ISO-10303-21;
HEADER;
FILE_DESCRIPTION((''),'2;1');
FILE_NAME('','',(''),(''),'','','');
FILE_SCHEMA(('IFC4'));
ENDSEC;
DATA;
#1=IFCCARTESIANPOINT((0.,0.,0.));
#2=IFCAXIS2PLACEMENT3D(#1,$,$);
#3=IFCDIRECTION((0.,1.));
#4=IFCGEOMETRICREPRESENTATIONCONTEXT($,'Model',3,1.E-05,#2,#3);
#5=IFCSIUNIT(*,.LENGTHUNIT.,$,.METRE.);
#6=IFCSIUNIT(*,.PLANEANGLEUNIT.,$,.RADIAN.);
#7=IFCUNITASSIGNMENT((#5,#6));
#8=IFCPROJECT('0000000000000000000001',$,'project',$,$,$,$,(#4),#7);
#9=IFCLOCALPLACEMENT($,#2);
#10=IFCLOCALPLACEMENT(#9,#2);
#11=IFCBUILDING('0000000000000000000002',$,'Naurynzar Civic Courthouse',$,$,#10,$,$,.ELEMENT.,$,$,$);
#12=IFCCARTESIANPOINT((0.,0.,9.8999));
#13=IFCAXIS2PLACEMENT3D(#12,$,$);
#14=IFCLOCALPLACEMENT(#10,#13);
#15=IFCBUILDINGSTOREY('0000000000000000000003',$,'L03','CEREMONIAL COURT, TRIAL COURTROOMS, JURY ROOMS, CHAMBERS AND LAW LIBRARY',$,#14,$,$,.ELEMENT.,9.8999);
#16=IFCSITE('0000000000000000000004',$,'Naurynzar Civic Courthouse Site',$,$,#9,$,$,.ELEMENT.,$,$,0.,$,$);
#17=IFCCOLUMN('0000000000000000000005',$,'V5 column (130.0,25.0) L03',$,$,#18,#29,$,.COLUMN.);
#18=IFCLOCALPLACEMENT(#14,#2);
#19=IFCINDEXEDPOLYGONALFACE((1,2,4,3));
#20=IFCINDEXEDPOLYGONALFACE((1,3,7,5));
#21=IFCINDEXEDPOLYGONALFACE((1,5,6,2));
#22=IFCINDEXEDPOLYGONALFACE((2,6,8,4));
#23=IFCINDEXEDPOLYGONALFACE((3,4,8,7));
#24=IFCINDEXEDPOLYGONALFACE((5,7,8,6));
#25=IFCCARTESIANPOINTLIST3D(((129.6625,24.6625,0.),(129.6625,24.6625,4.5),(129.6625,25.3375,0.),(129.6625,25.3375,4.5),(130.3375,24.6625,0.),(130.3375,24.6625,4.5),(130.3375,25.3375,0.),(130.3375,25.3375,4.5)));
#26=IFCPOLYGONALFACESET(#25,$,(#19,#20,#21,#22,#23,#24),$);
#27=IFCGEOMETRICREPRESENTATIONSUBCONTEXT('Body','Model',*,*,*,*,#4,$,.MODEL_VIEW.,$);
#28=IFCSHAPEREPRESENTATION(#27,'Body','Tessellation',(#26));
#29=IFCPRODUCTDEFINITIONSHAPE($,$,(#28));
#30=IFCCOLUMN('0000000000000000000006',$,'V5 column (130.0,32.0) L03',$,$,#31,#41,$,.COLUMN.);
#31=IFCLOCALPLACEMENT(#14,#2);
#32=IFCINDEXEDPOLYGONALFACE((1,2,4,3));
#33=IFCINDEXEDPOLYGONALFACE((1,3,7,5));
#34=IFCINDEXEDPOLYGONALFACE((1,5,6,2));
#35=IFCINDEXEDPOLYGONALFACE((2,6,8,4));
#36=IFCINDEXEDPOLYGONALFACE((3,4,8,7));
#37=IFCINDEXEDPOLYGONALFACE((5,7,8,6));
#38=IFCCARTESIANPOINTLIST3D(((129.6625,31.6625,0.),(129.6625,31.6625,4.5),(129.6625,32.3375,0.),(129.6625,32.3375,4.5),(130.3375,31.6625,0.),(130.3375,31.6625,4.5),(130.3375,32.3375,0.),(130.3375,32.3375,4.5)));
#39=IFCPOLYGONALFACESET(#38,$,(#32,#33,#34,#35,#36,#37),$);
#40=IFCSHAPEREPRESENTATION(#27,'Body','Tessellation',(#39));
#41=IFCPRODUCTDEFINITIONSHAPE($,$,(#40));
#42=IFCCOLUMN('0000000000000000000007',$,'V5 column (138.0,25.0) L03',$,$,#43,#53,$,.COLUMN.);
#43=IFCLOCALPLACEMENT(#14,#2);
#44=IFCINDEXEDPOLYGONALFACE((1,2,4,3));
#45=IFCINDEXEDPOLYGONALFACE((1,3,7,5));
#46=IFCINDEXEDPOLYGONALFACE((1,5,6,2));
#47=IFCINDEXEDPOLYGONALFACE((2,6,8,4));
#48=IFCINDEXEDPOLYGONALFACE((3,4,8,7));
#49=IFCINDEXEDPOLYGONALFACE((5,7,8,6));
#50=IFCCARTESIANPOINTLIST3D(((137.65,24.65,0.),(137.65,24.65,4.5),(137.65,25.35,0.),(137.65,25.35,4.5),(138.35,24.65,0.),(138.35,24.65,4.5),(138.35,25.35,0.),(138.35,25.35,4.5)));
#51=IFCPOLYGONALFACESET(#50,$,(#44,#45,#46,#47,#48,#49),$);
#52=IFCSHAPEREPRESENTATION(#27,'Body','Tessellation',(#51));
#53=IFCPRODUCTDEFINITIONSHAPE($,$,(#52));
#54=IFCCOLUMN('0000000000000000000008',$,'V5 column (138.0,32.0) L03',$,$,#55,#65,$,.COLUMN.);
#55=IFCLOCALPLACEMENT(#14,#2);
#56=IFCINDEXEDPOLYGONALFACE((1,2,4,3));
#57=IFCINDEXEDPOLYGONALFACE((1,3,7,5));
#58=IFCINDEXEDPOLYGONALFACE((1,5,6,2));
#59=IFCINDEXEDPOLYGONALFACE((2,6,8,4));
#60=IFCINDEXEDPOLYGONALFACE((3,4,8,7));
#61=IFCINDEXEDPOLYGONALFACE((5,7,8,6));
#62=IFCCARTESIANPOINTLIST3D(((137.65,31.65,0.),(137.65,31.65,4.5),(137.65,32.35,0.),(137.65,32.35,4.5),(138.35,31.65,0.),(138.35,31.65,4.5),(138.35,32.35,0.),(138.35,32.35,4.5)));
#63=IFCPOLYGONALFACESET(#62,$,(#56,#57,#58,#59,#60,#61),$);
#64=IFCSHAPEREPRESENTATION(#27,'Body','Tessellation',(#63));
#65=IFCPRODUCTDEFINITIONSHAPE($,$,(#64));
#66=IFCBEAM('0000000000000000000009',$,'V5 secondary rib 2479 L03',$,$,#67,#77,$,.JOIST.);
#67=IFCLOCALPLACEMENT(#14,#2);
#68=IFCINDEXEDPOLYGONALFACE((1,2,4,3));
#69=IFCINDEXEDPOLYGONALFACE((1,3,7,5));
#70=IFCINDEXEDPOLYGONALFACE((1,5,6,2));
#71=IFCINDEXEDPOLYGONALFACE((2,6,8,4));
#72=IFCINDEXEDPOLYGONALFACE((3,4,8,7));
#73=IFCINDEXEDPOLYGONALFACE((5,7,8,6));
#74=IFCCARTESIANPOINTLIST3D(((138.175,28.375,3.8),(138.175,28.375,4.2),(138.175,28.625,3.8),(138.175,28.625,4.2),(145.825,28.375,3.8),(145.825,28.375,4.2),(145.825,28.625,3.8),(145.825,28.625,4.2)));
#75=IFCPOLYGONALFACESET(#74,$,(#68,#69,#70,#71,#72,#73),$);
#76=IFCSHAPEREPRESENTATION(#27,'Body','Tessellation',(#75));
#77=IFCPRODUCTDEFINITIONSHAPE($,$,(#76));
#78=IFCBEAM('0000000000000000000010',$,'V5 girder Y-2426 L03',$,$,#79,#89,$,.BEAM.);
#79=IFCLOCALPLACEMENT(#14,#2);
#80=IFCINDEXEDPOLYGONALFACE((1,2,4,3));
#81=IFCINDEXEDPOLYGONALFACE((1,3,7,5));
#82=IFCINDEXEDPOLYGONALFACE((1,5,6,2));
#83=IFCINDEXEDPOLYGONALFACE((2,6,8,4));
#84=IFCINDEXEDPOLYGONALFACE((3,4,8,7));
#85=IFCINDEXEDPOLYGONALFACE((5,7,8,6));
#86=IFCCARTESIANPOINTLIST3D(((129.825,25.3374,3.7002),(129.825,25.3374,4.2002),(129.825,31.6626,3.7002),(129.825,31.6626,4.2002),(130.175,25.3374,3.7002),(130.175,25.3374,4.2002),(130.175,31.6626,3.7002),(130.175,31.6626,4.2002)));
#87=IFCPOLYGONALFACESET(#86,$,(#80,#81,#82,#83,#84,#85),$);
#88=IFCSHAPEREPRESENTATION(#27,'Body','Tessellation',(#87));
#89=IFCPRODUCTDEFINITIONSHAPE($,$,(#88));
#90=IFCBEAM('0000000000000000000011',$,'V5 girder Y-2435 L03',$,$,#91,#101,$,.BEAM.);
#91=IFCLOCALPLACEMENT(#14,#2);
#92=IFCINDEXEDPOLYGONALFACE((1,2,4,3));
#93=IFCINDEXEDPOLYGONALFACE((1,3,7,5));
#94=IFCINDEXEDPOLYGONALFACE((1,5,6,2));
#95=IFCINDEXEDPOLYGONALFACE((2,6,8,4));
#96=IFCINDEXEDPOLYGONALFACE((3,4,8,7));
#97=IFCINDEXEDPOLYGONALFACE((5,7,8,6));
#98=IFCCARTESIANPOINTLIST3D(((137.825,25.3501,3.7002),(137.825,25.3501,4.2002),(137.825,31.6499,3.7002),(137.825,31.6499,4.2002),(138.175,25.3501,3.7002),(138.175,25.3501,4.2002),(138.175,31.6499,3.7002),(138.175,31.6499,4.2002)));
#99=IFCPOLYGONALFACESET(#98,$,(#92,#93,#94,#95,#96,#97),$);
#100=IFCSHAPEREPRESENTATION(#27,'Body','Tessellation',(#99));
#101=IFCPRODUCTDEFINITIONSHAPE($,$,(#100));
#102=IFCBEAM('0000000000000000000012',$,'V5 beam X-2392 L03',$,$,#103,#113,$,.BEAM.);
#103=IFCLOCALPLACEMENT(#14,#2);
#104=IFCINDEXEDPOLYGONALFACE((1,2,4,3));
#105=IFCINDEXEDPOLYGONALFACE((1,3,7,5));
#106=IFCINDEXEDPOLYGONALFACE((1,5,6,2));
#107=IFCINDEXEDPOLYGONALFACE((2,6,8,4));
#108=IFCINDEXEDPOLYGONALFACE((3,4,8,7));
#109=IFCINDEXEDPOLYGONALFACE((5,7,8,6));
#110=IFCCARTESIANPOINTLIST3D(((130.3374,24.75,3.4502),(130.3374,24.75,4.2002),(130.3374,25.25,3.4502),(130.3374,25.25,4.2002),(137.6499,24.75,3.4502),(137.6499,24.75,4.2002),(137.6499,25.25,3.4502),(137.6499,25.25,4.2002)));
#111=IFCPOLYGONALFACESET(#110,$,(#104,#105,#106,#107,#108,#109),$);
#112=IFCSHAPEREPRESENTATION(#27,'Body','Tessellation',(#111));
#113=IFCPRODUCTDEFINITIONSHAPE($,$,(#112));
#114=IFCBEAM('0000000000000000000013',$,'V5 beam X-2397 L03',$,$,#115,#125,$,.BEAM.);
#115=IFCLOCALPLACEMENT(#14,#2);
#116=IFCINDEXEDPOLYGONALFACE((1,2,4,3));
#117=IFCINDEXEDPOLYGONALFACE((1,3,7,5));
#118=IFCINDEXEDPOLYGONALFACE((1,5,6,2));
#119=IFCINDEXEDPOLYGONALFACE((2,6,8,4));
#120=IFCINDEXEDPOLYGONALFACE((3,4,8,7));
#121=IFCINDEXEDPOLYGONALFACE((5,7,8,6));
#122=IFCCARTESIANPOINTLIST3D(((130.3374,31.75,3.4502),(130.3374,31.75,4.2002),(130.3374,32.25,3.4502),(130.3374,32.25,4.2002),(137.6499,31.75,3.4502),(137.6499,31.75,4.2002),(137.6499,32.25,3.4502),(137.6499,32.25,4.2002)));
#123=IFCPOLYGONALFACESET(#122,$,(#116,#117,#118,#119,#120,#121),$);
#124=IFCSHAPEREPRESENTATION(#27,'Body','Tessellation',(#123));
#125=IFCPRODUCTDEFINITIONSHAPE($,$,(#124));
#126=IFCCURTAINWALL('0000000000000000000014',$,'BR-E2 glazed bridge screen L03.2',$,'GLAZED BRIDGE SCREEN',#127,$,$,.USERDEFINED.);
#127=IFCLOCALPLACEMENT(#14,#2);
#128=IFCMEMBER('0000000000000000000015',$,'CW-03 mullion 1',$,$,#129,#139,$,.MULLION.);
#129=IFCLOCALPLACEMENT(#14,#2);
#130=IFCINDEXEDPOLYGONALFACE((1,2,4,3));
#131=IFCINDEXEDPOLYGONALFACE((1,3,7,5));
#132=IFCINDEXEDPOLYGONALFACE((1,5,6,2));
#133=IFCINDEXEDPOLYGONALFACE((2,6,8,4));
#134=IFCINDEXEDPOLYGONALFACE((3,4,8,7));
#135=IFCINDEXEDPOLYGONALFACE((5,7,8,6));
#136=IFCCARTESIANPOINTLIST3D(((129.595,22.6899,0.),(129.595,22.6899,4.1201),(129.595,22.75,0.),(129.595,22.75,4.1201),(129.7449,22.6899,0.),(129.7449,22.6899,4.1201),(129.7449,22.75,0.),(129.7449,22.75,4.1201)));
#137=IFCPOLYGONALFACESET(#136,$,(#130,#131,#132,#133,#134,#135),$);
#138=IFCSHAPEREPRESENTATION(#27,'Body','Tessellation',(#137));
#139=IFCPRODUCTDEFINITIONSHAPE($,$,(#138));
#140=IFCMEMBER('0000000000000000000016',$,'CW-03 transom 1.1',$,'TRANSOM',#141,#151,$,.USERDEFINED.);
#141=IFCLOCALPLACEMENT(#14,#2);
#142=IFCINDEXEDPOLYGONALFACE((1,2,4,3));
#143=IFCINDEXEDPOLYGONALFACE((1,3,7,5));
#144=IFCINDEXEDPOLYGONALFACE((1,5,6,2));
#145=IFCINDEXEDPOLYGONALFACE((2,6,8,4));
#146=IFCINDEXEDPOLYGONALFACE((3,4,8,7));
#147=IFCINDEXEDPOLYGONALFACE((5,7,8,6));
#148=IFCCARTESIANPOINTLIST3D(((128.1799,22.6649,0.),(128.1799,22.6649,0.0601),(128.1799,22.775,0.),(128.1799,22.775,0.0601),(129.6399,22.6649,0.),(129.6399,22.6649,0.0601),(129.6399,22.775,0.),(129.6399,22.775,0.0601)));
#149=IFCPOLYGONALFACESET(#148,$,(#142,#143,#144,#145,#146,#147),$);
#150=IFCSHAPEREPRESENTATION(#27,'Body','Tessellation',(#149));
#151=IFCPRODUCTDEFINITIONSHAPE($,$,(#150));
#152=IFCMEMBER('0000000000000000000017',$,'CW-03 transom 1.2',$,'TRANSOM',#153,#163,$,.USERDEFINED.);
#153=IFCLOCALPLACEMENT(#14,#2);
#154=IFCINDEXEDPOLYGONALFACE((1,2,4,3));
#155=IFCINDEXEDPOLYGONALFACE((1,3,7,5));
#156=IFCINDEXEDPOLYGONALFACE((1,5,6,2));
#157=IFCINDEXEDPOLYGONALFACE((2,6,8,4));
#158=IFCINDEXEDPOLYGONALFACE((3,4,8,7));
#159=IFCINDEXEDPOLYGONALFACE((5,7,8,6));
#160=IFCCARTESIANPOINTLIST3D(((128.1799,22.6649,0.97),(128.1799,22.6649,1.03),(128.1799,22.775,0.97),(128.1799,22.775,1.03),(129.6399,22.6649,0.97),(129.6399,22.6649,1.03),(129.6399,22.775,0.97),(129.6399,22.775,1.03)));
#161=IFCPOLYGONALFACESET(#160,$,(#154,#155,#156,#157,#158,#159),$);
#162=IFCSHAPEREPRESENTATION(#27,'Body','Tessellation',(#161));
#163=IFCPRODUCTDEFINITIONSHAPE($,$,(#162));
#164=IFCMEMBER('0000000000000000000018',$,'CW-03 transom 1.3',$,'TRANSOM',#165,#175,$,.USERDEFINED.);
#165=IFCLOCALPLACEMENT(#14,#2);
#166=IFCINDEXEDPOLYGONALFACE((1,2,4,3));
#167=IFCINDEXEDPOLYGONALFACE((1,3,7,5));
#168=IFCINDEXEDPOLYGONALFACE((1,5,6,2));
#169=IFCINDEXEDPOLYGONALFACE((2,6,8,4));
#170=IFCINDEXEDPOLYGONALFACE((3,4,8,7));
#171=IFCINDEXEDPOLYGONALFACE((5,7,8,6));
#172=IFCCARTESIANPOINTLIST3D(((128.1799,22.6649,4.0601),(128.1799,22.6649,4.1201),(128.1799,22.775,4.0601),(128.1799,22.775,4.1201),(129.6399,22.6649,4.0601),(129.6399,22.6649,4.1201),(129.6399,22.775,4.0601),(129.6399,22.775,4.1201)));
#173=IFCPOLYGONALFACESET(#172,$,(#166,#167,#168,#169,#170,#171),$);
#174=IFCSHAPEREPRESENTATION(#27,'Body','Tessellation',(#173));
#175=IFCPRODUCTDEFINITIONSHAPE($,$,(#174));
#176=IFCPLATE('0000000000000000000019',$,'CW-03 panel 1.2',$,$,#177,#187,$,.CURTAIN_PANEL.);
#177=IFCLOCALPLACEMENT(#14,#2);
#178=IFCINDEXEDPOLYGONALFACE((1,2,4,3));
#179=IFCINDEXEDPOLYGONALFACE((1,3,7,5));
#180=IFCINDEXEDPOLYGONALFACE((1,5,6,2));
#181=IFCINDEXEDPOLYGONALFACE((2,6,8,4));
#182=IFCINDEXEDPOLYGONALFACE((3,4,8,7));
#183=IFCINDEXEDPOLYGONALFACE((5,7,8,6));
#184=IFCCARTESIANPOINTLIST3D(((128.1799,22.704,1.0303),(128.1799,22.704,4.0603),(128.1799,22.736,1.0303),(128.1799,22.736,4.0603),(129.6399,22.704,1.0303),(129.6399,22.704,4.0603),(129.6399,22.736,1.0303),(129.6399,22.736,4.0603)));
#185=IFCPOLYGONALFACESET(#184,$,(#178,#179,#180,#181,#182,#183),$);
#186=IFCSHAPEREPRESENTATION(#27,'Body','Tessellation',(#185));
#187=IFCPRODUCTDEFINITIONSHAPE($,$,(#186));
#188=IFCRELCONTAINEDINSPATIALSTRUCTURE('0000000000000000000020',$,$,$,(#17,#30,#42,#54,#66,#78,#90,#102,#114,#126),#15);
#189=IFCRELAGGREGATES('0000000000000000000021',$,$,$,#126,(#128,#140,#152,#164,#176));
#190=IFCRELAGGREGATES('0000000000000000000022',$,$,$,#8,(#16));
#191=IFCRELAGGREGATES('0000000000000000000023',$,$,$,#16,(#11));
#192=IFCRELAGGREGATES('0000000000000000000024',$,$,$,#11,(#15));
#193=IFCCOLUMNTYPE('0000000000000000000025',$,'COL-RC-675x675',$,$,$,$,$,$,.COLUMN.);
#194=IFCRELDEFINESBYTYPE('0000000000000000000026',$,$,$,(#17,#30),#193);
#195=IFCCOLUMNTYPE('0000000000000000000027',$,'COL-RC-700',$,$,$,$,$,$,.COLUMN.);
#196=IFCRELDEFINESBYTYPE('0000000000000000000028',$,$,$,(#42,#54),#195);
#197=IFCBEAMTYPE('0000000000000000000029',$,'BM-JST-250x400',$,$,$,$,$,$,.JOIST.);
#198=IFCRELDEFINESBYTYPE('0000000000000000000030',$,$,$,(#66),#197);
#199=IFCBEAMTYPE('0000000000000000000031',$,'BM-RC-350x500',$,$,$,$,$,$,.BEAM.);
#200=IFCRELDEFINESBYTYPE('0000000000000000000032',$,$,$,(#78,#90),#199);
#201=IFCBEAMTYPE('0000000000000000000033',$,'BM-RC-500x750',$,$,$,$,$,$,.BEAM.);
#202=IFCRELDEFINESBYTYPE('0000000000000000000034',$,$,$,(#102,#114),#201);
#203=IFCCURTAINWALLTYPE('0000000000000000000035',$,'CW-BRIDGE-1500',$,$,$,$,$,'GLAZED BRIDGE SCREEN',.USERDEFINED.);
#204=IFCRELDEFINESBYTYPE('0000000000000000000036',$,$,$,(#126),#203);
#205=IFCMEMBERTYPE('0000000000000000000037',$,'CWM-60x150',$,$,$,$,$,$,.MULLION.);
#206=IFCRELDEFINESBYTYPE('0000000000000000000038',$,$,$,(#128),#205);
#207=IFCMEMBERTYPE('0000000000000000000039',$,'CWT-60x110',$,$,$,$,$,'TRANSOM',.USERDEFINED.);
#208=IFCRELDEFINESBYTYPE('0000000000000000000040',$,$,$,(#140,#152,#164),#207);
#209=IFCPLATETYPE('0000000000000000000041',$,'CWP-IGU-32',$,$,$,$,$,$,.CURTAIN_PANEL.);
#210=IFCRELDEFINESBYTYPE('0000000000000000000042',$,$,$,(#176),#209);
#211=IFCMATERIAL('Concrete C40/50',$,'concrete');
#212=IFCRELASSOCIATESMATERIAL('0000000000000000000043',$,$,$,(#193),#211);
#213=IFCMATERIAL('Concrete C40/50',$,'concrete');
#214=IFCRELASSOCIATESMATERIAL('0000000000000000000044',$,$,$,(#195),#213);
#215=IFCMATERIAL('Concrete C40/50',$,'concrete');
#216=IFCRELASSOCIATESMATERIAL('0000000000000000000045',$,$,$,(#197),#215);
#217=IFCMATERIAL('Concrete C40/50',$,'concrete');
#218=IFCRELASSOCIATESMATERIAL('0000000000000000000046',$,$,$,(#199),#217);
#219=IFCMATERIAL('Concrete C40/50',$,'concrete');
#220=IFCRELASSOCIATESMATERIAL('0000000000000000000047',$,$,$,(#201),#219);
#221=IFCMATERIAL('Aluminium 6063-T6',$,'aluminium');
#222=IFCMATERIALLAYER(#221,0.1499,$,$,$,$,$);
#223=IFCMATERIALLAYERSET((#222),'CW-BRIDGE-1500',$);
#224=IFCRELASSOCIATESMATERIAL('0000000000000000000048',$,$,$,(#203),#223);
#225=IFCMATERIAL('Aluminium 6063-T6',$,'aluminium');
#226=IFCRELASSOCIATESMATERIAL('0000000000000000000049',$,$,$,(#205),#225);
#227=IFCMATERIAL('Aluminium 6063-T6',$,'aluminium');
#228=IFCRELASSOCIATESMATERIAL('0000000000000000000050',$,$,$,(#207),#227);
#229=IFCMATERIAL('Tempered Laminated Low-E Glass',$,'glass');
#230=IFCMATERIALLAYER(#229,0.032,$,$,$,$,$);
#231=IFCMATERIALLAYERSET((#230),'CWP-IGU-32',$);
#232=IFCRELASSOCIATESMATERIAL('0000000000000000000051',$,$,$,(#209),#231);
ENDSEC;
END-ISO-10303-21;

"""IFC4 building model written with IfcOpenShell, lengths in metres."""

from ifc_helpers import new_model, si_unit, direction, frame, origin, origin_2d, place, context, subcontext, project, spatial, rectangle, extrude, material, layer, layer_set, material_profile, profile_set, type_object, element, aggregate, save


model = new_model("IFC4")

# Units and contexts
model_context = context("Model", 3, precision=1e-05, world=origin(), true_north=direction((0.0, 1.0)))
body_context = subcontext(model_context, "Body", "Model", "MODEL_VIEW")
ifc_project = project(units=[si_unit("LENGTHUNIT", "METRE"), si_unit("PLANEANGLEUNIT", "RADIAN")], contexts=[model_context])

# Site, building, storey
site_placement = place(None, origin())
site = spatial("IfcSite", under=ifc_project, at=site_placement, Name="Naurynzar Civic Courthouse Site", CompositionType="ELEMENT", RefElevation=0.0)
building_placement = place(site_placement, origin())
building = spatial("IfcBuilding", under=site, at=building_placement, Name="Naurynzar Civic Courthouse", CompositionType="ELEMENT")
storey_placement = place(building_placement, frame((0.0, 0.0, 9.8999)))
storey = spatial("IfcBuildingStorey", under=building, at=storey_placement, Name="L03", Description="CEREMONIAL COURT, TRIAL COURTROOMS, JURY ROOMS, CHAMBERS AND LAW LIBRARY", CompositionType="ELEMENT", Elevation=9.8999)

# Columns
ifc_material_1 = material(Name="Concrete C40/50", Category="concrete")
ifc_material_profile_1 = material_profile(ifc_material_1, rectangle(XDim=0.675, YDim=0.675, at=origin_2d()), Name="RC 675x675")
ifc_profile_set_1 = profile_set([ifc_material_profile_1], Name="Concrete C40/50")
column_type_1 = type_object("IfcColumnType", Name="COL-RC-675x675", PredefinedType="COLUMN", material=ifc_profile_set_1)
for number, where, z_axis, x_axis, name in (
    (1, (130.0, 25.0, 0.0), (0.0, 0.0, 1.0), (1.0, 0.0, 0.0), "V5 column (130.0,25.0) L03"),
    (2, (130.0, 32.0, 0.0), (0.0, 0.0, 1.0), (1.0, 0.0, 0.0), "V5 column (130.0,32.0) L03"),
):
    element("IfcColumn", number, at=place(storey_placement, frame(where, z_axis=z_axis, x_axis=x_axis)), inside=storey, type_object=column_type_1, Name=name, PredefinedType="COLUMN", context=body_context, shape_type="SweptSolid", body=[
        extrude(rectangle(XDim=0.675, YDim=0.675, at=origin_2d()), origin(), (0.0, 0.0, 1.0), 4.5),
    ])
ifc_material_2 = material(Name="Concrete C40/50", Category="concrete")
ifc_material_profile_2 = material_profile(ifc_material_2, rectangle(XDim=0.7, YDim=0.7, at=origin_2d()), Name="RC 700x700")
ifc_profile_set_2 = profile_set([ifc_material_profile_2], Name="Concrete C40/50")
column_type_2 = type_object("IfcColumnType", Name="COL-RC-700", PredefinedType="COLUMN", material=ifc_profile_set_2)
for number, where, z_axis, x_axis, name in (
    (3, (138.0, 25.0, 0.0), (0.0, 0.0, 1.0), (1.0, 0.0, 0.0), "V5 column (138.0,25.0) L03"),
    (4, (138.0, 32.0, 0.0), (0.0, 0.0, 1.0), (1.0, 0.0, 0.0), "V5 column (138.0,32.0) L03"),
):
    element("IfcColumn", number, at=place(storey_placement, frame(where, z_axis=z_axis, x_axis=x_axis)), inside=storey, type_object=column_type_2, Name=name, PredefinedType="COLUMN", context=body_context, shape_type="SweptSolid", body=[
        extrude(rectangle(XDim=0.7, YDim=0.7, at=origin_2d()), origin(), (0.0, 0.0, 1.0), 4.5),
    ])

# Beams
ifc_material_3 = material(Name="Concrete C40/50", Category="concrete")
ifc_material_profile_3 = material_profile(ifc_material_3, rectangle(XDim=0.25, YDim=0.3999, at=origin_2d()), Name="RCB 250x400")
ifc_profile_set_3 = profile_set([ifc_material_profile_3], Name="Concrete C40/50")
beam_type_1 = type_object("IfcBeamType", Name="BM-JST-250x400", PredefinedType="JOIST", material=ifc_profile_set_3)
beam_1_placement = place(storey_placement, frame((138.175, 28.5, 4.0), z_axis=(1.0, 0.0, 0.0), x_axis=(0.0, 1.0, 0.0)))
element("IfcBeam", 5, at=beam_1_placement, inside=storey, type_object=beam_type_1, Name="V5 secondary rib 2479 L03", PredefinedType="JOIST", context=body_context, shape_type="SweptSolid", body=[
    extrude(rectangle(XDim=0.25, YDim=0.3999, at=origin_2d()), origin(), (0.0, 0.0, 1.0), 7.6499),
])
ifc_material_4 = material(Name="Concrete C40/50", Category="concrete")
ifc_material_profile_4 = material_profile(ifc_material_4, rectangle(XDim=0.3501, YDim=0.5, at=origin_2d()), Name="RCB 350x500")
ifc_profile_set_4 = profile_set([ifc_material_profile_4], Name="Concrete C40/50")
beam_type_2 = type_object("IfcBeamType", Name="BM-RC-350x500", PredefinedType="BEAM", material=ifc_profile_set_4)
beam_2_placement = place(storey_placement, frame((130.0, 25.3374, 3.9502), z_axis=(0.0, 1.0, 0.0), x_axis=(-1.0, 0.0, 0.0)))
element("IfcBeam", 6, at=beam_2_placement, inside=storey, type_object=beam_type_2, Name="V5 girder Y-2426 L03", PredefinedType="BEAM", context=body_context, shape_type="SweptSolid", body=[
    extrude(rectangle(XDim=0.3501, YDim=0.5, at=origin_2d()), origin(), (0.0, 0.0, 1.0), 6.3252),
])
beam_3_placement = place(storey_placement, frame((138.0, 25.3501, 3.9502), z_axis=(0.0, 1.0, 0.0), x_axis=(-1.0, 0.0, 0.0)))
element("IfcBeam", 7, at=beam_3_placement, inside=storey, type_object=beam_type_2, Name="V5 girder Y-2435 L03", PredefinedType="BEAM", context=body_context, shape_type="SweptSolid", body=[
    extrude(rectangle(XDim=0.3501, YDim=0.5, at=origin_2d()), origin(), (0.0, 0.0, 1.0), 6.2998),
])
ifc_material_5 = material(Name="Concrete C40/50", Category="concrete")
ifc_material_profile_5 = material_profile(ifc_material_5, rectangle(XDim=0.5, YDim=0.75, at=origin_2d()), Name="RCB 500x750")
ifc_profile_set_5 = profile_set([ifc_material_profile_5], Name="Concrete C40/50")
beam_type_3 = type_object("IfcBeamType", Name="BM-RC-500x750", PredefinedType="BEAM", material=ifc_profile_set_5)
for number, where, z_axis, x_axis, name in (
    (8, (130.3374, 25.0, 3.8252), (1.0, 0.0, 0.0), (0.0, 1.0, 0.0), "V5 beam X-2392 L03"),
    (9, (130.3374, 32.0, 3.8252), (1.0, 0.0, 0.0), (0.0, 1.0, 0.0), "V5 beam X-2397 L03"),
):
    element("IfcBeam", number, at=place(storey_placement, frame(where, z_axis=z_axis, x_axis=x_axis)), inside=storey, type_object=beam_type_3, Name=name, PredefinedType="BEAM", context=body_context, shape_type="SweptSolid", body=[
        extrude(rectangle(XDim=0.5, YDim=0.75, at=origin_2d()), origin(), (0.0, 0.0, 1.0), 7.3125),
    ])

# Curtain wall, members, plate
ifc_material_6 = material(Name="Aluminium 6063-T6", Category="aluminium")
ifc_layer_1 = layer(ifc_material_6, 0.1499)
ifc_layer_set_1 = layer_set([ifc_layer_1], Name="CW-BRIDGE-1500")
curtain_wall_type = type_object("IfcCurtainWallType", Name="CW-BRIDGE-1500", ElementType="GLAZED BRIDGE SCREEN", PredefinedType="USERDEFINED", material=ifc_layer_set_1)
curtain_wall_placement = place(storey_placement, origin())
curtain_wall = element("IfcCurtainWall", 10, at=curtain_wall_placement, inside=storey, type_object=curtain_wall_type, Name="BR-E2 glazed bridge screen L03.2", ObjectType="GLAZED BRIDGE SCREEN", PredefinedType="USERDEFINED")
ifc_material_7 = material(Name="Aluminium 6063-T6", Category="aluminium")
ifc_material_profile_6 = material_profile(ifc_material_7, rectangle(XDim=0.0601, YDim=0.1499, at=origin_2d()), Name="ALU MULLION 60x150")
ifc_profile_set_6 = profile_set([ifc_material_profile_6], Name="Aluminium 6063-T6")
member_type_1 = type_object("IfcMemberType", Name="CWM-60x150", PredefinedType="MULLION", material=ifc_profile_set_6)
member_1_placement = place(storey_placement, frame((129.6699, 22.72, 0.0), z_axis=(0.0, 0.0, 1.0), x_axis=(0.0, -1.0, 0.0)))
member_1 = element("IfcMember", 11, at=member_1_placement, type_object=member_type_1, Name="CW-03 mullion 1", PredefinedType="MULLION", context=body_context, shape_type="SweptSolid", body=[
    extrude(rectangle(XDim=0.0601, YDim=0.1499, at=origin_2d()), origin(), (0.0, 0.0, 1.0), 4.1201),
])
ifc_material_8 = material(Name="Aluminium 6063-T6", Category="aluminium")
ifc_material_profile_7 = material_profile(ifc_material_8, rectangle(XDim=0.1101, YDim=0.0601, at=origin_2d()), Name="ALU TRANSOM 60x110")
ifc_profile_set_7 = profile_set([ifc_material_profile_7], Name="Aluminium 6063-T6")
member_type_2 = type_object("IfcMemberType", Name="CWT-60x110", ElementType="TRANSOM", PredefinedType="USERDEFINED", material=ifc_profile_set_7)
member_2_placement = place(storey_placement, frame((129.6399, 22.72, 0.03), z_axis=(-1.0, 0.0, 0.0), x_axis=(0.0, -1.0, 0.0)))
member_2 = element("IfcMember", 12, at=member_2_placement, type_object=member_type_2, Name="CW-03 transom 1.1", ObjectType="TRANSOM", PredefinedType="USERDEFINED", context=body_context, shape_type="SweptSolid", body=[
    extrude(rectangle(XDim=0.1101, YDim=0.0601, at=origin_2d()), origin(), (0.0, 0.0, 1.0), 1.46),
])
member_3_placement = place(storey_placement, frame((129.6399, 22.72, 1.0), z_axis=(-1.0, 0.0, 0.0), x_axis=(0.0, -1.0, 0.0)))
member_3 = element("IfcMember", 13, at=member_3_placement, type_object=member_type_2, Name="CW-03 transom 1.2", ObjectType="TRANSOM", PredefinedType="USERDEFINED", context=body_context, shape_type="SweptSolid", body=[
    extrude(rectangle(XDim=0.1101, YDim=0.0601, at=origin_2d()), origin(), (0.0, 0.0, 1.0), 1.46),
])
member_4_placement = place(storey_placement, frame((129.6399, 22.72, 4.0901), z_axis=(-1.0, 0.0, 0.0), x_axis=(0.0, -1.0, 0.0)))
member_4 = element("IfcMember", 14, at=member_4_placement, type_object=member_type_2, Name="CW-03 transom 1.3", ObjectType="TRANSOM", PredefinedType="USERDEFINED", context=body_context, shape_type="SweptSolid", body=[
    extrude(rectangle(XDim=0.1101, YDim=0.0601, at=origin_2d()), origin(), (0.0, 0.0, 1.0), 1.46),
])
ifc_material_9 = material(Name="Tempered Laminated Low-E Glass", Category="glass")
ifc_layer_2 = layer(ifc_material_9, 0.032)
ifc_layer_set_2 = layer_set([ifc_layer_2], Name="CWP-IGU-32")
plate_type = type_object("IfcPlateType", Name="CWP-IGU-32", PredefinedType="CURTAIN_PANEL", material=ifc_layer_set_2)
plate_placement = place(storey_placement, frame((128.9099, 22.72, 1.0303), z_axis=(0.0, 0.0, 1.0), x_axis=(-1.0, 0.0, 0.0)))
plate = element("IfcPlate", 15, at=plate_placement, type_object=plate_type, Name="CW-03 panel 1.2", PredefinedType="CURTAIN_PANEL", context=body_context, shape_type="SweptSolid", body=[
    extrude(rectangle(XDim=1.46, YDim=0.032, at=origin_2d()), origin(), (0.0, 0.0, 1.0), 3.03),
])
aggregate(curtain_wall, [member_1, member_2, member_3, member_4, plate])

save(model, "model.ifc")
